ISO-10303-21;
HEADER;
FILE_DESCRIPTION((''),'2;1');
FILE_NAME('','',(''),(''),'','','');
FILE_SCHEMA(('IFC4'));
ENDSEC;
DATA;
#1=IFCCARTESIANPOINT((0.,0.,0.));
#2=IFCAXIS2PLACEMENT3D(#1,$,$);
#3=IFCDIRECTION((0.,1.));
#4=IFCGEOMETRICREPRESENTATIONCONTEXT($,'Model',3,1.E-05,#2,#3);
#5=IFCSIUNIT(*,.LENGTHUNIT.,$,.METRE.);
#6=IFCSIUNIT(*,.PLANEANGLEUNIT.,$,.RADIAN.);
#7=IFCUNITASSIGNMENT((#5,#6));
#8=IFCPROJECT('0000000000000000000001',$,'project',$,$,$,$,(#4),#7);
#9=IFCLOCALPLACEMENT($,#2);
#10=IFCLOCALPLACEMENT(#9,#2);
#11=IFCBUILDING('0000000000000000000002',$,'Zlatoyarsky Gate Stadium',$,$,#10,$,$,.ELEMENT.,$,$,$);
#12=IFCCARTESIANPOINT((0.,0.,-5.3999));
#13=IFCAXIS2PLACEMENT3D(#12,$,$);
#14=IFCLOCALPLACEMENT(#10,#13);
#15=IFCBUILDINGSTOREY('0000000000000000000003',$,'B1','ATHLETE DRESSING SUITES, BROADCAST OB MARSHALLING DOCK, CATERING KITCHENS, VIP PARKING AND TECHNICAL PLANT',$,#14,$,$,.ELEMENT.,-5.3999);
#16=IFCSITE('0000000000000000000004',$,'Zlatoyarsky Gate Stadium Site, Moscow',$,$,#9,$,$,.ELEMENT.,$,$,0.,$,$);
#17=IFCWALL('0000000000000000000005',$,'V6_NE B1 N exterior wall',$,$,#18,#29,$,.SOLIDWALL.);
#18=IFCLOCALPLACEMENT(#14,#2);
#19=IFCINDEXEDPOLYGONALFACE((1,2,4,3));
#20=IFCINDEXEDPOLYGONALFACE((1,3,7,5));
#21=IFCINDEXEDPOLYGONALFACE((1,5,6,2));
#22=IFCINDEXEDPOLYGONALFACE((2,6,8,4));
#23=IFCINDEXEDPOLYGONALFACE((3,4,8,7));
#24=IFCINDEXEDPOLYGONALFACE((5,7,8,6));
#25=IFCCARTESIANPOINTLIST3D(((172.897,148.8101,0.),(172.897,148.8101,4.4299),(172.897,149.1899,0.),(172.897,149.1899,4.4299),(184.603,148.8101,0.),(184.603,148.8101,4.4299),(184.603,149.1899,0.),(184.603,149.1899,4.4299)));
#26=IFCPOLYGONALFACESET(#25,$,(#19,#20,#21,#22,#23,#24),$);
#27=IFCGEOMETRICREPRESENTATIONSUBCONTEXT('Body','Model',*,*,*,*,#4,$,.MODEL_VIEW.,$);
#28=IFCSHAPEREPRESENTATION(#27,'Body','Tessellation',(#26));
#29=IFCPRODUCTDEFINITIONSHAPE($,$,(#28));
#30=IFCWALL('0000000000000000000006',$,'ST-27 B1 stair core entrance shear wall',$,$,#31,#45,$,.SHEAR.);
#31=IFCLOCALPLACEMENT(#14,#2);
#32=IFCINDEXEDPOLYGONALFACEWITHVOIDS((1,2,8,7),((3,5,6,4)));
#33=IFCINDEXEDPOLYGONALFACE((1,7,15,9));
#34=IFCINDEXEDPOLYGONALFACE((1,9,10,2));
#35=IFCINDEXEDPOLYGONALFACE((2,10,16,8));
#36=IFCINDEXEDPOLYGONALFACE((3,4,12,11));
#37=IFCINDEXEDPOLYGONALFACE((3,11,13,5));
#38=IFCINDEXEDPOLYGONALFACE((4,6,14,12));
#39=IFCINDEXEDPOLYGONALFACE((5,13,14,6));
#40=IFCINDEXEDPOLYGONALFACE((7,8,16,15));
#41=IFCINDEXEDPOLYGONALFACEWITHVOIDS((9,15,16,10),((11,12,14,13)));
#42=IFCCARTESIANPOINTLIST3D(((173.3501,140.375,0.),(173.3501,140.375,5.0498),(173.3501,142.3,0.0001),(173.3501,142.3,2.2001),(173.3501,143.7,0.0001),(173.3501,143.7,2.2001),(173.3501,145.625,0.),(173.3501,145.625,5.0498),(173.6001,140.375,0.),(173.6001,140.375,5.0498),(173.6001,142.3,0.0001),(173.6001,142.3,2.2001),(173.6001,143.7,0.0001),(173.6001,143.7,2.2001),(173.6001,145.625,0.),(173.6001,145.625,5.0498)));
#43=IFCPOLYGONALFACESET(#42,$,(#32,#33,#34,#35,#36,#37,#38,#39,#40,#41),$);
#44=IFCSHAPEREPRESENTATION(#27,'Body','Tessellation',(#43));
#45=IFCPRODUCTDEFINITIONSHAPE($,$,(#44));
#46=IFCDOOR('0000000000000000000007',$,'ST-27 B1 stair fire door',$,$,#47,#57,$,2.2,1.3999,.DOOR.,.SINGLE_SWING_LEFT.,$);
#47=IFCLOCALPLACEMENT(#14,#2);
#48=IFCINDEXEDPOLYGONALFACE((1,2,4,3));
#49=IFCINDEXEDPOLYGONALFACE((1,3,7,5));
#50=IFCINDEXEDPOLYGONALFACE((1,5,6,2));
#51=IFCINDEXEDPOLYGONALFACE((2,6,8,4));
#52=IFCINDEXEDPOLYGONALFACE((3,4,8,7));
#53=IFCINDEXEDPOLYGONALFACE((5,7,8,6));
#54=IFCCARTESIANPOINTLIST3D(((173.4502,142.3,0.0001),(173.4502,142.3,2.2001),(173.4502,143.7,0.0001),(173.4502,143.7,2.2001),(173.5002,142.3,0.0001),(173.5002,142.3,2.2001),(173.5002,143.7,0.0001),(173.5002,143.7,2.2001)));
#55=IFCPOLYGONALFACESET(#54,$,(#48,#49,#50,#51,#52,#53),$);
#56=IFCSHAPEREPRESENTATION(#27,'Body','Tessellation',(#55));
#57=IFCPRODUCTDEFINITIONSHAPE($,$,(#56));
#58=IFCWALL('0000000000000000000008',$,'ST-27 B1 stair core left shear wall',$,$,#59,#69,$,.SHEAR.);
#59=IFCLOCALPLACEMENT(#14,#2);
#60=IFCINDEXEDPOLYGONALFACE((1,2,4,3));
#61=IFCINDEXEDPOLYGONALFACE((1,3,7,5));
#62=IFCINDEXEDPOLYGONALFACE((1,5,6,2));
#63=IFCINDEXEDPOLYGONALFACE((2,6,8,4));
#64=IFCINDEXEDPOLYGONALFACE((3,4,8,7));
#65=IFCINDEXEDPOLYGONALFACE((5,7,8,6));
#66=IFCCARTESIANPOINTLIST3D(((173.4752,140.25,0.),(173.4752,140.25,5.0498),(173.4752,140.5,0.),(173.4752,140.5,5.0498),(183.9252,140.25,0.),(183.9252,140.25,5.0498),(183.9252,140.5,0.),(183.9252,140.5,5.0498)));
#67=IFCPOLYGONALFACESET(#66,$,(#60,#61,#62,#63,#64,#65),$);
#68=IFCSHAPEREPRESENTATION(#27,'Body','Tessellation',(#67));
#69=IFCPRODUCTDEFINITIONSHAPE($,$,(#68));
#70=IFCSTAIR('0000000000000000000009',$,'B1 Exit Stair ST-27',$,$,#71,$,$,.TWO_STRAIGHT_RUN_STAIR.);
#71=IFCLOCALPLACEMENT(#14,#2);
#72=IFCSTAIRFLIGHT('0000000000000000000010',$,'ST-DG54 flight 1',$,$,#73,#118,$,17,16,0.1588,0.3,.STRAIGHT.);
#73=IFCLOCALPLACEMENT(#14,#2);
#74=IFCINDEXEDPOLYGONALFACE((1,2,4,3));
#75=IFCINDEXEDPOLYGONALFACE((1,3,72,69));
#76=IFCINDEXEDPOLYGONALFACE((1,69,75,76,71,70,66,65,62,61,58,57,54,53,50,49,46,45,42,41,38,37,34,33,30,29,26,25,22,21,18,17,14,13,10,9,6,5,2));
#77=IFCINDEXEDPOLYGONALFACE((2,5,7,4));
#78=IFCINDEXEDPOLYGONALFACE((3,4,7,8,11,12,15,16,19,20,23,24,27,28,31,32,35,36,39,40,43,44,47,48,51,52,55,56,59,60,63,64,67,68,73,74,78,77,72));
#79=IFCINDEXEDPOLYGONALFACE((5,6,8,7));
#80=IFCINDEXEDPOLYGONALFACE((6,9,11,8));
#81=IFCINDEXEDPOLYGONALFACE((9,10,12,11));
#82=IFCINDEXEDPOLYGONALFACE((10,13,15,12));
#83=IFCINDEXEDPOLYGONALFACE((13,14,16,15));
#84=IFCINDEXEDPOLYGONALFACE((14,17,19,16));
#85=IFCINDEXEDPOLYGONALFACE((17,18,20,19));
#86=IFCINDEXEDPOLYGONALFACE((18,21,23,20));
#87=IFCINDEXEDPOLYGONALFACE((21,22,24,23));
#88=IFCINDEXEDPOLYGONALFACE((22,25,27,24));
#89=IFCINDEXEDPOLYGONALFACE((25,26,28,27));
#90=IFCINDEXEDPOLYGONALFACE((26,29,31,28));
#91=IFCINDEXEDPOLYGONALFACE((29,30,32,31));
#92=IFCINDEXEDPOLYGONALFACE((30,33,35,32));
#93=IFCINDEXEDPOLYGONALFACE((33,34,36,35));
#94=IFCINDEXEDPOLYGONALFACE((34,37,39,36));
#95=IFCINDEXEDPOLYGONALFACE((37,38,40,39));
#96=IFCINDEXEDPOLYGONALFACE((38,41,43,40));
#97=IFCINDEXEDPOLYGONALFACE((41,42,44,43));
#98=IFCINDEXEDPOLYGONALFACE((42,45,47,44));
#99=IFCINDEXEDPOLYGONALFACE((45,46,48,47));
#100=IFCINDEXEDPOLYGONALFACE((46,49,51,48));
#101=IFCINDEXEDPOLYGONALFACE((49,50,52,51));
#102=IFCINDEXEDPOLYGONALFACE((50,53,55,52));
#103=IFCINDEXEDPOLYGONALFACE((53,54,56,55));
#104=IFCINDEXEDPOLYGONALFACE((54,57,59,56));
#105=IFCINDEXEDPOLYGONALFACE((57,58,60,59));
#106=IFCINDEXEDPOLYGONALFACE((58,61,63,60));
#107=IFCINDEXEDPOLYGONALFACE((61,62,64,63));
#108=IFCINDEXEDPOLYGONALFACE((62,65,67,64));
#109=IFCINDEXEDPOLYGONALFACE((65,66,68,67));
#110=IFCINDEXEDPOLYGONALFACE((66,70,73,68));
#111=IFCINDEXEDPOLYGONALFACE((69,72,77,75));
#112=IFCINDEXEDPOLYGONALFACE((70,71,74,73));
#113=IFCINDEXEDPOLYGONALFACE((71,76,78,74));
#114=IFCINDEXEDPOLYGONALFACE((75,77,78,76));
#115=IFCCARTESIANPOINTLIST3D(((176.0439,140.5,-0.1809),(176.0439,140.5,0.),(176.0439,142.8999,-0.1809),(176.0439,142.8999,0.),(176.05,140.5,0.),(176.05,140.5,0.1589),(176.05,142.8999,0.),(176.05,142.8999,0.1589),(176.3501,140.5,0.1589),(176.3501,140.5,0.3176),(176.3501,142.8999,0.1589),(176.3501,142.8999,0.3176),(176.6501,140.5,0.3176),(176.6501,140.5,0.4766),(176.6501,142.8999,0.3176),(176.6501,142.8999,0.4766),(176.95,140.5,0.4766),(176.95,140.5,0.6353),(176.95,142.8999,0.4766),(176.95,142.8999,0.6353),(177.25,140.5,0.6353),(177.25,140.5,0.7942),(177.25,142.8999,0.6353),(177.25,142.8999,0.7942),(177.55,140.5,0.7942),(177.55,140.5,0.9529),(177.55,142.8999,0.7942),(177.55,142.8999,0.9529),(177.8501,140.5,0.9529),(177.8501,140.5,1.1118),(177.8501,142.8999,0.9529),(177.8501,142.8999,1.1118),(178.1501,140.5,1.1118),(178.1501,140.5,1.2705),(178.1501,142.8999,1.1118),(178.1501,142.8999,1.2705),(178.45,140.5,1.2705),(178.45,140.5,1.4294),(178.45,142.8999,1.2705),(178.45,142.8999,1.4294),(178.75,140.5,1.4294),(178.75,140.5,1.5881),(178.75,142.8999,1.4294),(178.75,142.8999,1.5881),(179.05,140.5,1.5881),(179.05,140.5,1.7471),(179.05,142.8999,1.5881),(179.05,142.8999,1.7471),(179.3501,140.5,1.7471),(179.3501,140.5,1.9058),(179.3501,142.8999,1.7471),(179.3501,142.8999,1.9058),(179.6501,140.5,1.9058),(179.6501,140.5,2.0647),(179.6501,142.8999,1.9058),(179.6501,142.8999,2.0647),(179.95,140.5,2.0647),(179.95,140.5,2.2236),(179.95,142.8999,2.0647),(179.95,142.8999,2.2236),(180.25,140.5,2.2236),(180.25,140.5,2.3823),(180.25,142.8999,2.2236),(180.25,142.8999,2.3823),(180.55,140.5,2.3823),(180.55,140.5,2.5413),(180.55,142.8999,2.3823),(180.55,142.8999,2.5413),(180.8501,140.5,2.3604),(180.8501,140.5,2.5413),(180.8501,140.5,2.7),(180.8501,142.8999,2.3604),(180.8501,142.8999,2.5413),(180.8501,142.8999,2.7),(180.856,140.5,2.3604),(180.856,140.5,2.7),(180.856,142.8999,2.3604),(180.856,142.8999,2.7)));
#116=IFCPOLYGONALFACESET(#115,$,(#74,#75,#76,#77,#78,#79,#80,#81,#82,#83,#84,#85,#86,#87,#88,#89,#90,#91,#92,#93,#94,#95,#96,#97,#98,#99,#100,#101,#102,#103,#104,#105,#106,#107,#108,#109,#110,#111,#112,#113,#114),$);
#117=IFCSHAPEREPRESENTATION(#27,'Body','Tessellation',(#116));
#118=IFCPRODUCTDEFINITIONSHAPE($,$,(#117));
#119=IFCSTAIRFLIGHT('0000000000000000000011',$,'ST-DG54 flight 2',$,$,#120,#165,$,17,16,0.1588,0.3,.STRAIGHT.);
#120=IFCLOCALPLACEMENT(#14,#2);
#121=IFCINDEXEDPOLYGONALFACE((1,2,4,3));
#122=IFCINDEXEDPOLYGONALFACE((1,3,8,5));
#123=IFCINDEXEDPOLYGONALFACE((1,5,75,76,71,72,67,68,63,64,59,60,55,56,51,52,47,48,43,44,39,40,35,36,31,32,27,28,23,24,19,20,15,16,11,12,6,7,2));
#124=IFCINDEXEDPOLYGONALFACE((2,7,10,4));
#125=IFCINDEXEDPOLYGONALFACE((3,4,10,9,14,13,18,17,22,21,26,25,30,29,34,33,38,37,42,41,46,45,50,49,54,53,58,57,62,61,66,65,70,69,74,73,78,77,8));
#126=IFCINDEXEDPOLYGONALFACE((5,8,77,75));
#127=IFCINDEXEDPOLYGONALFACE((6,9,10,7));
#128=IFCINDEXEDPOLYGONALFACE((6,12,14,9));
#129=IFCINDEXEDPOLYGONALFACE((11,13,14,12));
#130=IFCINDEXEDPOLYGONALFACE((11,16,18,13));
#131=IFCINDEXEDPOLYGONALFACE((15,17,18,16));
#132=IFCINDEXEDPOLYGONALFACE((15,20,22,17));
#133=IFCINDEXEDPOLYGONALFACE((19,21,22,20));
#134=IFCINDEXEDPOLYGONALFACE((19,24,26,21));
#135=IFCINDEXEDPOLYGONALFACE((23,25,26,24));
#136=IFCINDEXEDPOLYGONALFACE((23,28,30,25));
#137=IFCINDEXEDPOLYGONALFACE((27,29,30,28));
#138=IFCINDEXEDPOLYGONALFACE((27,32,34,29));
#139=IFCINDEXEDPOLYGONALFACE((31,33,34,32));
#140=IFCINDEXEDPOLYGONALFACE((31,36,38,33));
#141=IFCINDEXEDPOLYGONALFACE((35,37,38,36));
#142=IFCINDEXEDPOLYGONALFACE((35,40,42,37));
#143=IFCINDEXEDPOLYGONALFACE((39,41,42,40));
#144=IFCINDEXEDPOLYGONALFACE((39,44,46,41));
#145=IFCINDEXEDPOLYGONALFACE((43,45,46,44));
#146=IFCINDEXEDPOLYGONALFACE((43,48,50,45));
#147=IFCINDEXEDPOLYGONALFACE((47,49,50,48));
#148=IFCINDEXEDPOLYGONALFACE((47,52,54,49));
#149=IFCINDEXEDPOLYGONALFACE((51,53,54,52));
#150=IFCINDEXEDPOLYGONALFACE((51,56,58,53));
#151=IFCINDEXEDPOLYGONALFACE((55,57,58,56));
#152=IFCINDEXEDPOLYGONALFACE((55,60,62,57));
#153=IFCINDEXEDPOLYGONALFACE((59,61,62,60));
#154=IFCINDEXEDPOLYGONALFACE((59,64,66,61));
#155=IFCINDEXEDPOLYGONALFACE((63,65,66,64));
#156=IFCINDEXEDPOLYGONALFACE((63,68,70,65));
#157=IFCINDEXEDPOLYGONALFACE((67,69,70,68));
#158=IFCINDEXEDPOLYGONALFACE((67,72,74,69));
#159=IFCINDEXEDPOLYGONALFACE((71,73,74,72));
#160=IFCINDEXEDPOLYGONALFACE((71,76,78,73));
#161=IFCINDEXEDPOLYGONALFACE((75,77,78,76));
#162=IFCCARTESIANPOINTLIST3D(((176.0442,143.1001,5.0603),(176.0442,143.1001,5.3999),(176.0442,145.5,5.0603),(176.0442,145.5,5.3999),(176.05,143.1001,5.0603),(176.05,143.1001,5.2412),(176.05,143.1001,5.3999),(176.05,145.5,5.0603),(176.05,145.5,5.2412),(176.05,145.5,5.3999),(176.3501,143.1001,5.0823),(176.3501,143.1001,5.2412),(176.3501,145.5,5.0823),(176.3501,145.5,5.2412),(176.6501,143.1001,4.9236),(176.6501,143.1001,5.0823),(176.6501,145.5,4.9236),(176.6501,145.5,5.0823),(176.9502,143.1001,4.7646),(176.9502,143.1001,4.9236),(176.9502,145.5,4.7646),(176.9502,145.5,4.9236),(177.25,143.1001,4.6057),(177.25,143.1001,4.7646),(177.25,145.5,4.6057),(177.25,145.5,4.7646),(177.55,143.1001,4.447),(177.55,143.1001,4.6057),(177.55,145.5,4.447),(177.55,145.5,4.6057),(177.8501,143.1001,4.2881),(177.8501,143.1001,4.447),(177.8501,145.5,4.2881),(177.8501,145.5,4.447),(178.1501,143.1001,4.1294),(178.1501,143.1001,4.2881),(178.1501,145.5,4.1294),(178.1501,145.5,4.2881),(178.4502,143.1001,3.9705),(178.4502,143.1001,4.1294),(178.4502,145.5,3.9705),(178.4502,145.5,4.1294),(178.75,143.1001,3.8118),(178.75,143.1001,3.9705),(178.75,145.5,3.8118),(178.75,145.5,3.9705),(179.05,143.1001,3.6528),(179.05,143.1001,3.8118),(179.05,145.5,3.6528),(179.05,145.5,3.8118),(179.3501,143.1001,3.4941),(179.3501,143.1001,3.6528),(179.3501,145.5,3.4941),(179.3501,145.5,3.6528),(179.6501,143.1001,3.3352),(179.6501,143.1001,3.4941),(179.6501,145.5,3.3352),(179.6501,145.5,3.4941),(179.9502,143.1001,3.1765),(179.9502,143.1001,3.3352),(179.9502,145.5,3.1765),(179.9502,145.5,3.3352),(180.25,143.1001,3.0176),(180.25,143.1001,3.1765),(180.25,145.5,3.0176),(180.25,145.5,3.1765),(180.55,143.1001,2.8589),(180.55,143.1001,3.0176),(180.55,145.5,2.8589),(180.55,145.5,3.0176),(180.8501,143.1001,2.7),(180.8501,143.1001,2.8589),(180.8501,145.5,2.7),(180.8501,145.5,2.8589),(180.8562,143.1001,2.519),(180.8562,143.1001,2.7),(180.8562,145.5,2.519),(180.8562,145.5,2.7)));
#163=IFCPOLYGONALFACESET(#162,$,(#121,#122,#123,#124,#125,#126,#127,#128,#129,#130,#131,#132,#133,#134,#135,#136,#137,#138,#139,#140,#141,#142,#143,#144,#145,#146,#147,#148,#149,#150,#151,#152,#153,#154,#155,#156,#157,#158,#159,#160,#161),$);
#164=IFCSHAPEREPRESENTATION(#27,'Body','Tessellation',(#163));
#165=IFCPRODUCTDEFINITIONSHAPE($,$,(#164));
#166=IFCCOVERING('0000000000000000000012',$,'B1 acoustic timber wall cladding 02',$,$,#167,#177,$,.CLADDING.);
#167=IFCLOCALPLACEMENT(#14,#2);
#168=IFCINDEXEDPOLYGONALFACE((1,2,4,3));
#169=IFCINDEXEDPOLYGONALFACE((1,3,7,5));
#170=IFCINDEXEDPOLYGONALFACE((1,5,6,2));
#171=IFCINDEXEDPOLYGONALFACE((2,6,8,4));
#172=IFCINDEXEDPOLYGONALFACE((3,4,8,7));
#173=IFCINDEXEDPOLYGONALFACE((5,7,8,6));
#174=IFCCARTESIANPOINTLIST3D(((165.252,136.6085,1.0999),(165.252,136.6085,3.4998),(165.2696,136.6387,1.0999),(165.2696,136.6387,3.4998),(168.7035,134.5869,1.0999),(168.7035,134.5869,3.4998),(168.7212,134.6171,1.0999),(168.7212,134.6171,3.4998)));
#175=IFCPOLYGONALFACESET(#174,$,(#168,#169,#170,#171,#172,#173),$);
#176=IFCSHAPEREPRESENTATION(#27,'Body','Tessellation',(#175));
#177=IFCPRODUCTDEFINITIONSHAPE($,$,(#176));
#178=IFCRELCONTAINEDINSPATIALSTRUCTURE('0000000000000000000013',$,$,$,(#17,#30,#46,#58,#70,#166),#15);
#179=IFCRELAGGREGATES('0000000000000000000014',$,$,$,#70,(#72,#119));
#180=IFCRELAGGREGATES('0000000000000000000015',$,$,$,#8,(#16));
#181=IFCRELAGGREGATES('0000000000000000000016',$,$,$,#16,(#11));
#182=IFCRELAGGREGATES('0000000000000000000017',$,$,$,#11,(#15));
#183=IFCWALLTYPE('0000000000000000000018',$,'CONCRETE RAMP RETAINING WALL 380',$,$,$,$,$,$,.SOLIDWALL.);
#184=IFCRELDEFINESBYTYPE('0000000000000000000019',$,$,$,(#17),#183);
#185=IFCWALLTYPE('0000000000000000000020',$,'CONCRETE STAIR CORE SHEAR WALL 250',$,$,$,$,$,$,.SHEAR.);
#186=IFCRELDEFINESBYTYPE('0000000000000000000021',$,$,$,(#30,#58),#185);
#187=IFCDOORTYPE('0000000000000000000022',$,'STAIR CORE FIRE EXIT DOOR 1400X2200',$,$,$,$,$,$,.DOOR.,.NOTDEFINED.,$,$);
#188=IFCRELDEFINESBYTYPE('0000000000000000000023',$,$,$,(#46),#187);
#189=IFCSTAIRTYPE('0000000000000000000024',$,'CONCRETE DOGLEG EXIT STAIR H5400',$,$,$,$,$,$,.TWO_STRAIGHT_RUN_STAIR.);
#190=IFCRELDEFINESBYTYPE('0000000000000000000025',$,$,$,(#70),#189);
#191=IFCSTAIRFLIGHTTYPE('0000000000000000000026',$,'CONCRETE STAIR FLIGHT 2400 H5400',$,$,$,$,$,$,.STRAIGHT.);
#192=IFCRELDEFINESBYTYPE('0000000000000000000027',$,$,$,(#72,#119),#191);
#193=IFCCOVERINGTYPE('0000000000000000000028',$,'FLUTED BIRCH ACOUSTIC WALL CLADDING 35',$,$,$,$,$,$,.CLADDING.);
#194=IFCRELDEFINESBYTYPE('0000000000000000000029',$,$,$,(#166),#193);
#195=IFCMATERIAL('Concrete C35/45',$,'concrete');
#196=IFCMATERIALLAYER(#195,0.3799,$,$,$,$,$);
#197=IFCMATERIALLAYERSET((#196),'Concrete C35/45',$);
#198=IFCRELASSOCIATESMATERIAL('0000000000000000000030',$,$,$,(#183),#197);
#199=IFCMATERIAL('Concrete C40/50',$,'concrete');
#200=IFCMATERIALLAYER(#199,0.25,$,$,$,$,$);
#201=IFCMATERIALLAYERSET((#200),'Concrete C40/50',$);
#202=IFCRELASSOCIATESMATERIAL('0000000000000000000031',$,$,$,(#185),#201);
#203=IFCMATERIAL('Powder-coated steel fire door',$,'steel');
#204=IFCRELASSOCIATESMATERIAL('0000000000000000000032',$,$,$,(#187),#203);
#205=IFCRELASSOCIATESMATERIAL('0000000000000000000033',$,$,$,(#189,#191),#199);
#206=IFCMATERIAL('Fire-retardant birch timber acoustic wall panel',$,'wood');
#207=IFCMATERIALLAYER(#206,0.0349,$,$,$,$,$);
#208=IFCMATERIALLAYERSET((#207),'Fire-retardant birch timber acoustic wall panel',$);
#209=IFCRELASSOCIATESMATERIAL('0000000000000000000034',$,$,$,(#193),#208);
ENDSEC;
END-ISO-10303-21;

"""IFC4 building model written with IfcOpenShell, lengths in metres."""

from ifc_helpers import new_model, si_unit, direction, frame, frame_2d, origin, origin_2d, place, context, subcontext, project, spatial, polyline, rectangle, outline, extrude, material, layer, layer_set, type_object, element, fill, aggregate, save


model = new_model("IFC4")

# Units and contexts
model_context = context("Model", 3, precision=1e-05, world=origin(), true_north=direction((0.0, 1.0)))
body_context = subcontext(model_context, "Body", "Model", "MODEL_VIEW")
ifc_project = project(units=[si_unit("LENGTHUNIT", "METRE"), si_unit("PLANEANGLEUNIT", "RADIAN")], contexts=[model_context])

# Site, building, storey
site_placement = place(None, origin())
site = spatial("IfcSite", under=ifc_project, at=site_placement, Name="Zlatoyarsky Gate Stadium Site, Moscow", CompositionType="ELEMENT", RefElevation=0.0)
building_placement = place(site_placement, origin())
building = spatial("IfcBuilding", under=site, at=building_placement, Name="Zlatoyarsky Gate Stadium", CompositionType="ELEMENT")
storey_placement = place(building_placement, frame((0.0, 0.0, -5.3999)))
storey = spatial("IfcBuildingStorey", under=building, at=storey_placement, Name="B1", Description="ATHLETE DRESSING SUITES, BROADCAST OB MARSHALLING DOCK, CATERING KITCHENS, VIP PARKING AND TECHNICAL PLANT", CompositionType="ELEMENT", Elevation=-5.3999)

# Shared definitions
ifc_material_1 = material(Name="Concrete C35/45", Category="concrete")

# Shared definitions
ifc_material_2 = material(Name="Concrete C40/50", Category="concrete")

# Wall
ifc_layer_1 = layer(ifc_material_1, 0.3799)
ifc_layer_set_1 = layer_set([ifc_layer_1], Name="Concrete C35/45")
wall_type_1 = type_object("IfcWallType", Name="CONCRETE RAMP RETAINING WALL 380", PredefinedType="SOLIDWALL", material=ifc_layer_set_1)
wall_1_placement = place(storey_placement, frame((172.897, 149.0, 0.0), z_axis=(0.0, 0.0, 1.0), x_axis=(1.0, 0.0, 0.0)))
element("IfcWall", 1, at=wall_1_placement, inside=storey, type_object=wall_type_1, Name="V6_NE B1 N exterior wall", PredefinedType="SOLIDWALL", context=body_context, shape_type="SweptSolid", body=[
    extrude(rectangle(XDim=11.7061, YDim=0.3799, at=frame_2d((5.853, 0.0))), origin(), (0.0, 0.0, 1.0), 4.4299),
])

# Wall, opening, door
ifc_layer_2 = layer(ifc_material_2, 0.25)
ifc_layer_set_2 = layer_set([ifc_layer_2], Name="Concrete C40/50")
wall_type_2 = type_object("IfcWallType", Name="CONCRETE STAIR CORE SHEAR WALL 250", PredefinedType="SHEAR", material=ifc_layer_set_2)
wall_2_placement = place(storey_placement, frame((173.4751, 145.625, 0.0), z_axis=(0.0, 0.0, 1.0), x_axis=(0.0, -1.0, 0.0)))
wall_2 = element("IfcWall", 2, at=wall_2_placement, inside=storey, type_object=wall_type_2, Name="ST-27 B1 stair core entrance shear wall", PredefinedType="SHEAR", context=body_context, shape_type="SweptSolid", body=[
    extrude(rectangle(XDim=5.25, YDim=0.25, at=frame_2d((2.625, 0.0))), origin(), (0.0, 0.0, 1.0), 5.0498),
])
opening_placement = place(wall_2_placement, frame((1.925, 0.0, 0.0)))
opening = element("IfcOpeningElement", 3, at=opening_placement, cuts=wall_2, PredefinedType="OPENING", context=body_context, shape_type="SweptSolid", body=[
    extrude(rectangle(XDim=1.3999, YDim=2.2, at=frame_2d((0.7, 1.1001))), frame((0.0, 0.135, 0.0), z_axis=(0.0, -1.0, 0.0), x_axis=(1.0, 0.0, 0.0)), (0.0, 0.0, 1.0), 0.27),
])
ifc_material_3 = material(Name="Powder-coated steel fire door", Category="steel")
door_type = type_object("IfcDoorType", Name="STAIR CORE FIRE EXIT DOOR 1400X2200", OperationType="NOTDEFINED", PredefinedType="DOOR", material=ifc_material_3)
door_placement = place(opening_placement, frame((1.3999, 0.0, 0.0), z_axis=(0.0, 0.0, 1.0), x_axis=(-1.0, 0.0, 0.0)))
door = element("IfcDoor", 4, at=door_placement, inside=storey, type_object=door_type, Name="ST-27 B1 stair fire door", OperationType="SINGLE_SWING_LEFT", OverallHeight=2.2, OverallWidth=1.3999, PredefinedType="DOOR", context=body_context, shape_type="SweptSolid", body=[
    extrude(rectangle(XDim=1.3999, YDim=2.2, at=frame_2d((0.7, 1.1001))), frame((0.0, 0.0249, 0.0), z_axis=(0.0, -1.0, 0.0), x_axis=(1.0, 0.0, 0.0)), (0.0, 0.0, 1.0), 0.05),
])
fill(opening, door)

# Wall
wall_3_placement = place(storey_placement, frame((173.4751, 140.375, 0.0), z_axis=(0.0, 0.0, 1.0), x_axis=(1.0, 0.0, 0.0)))
element("IfcWall", 5, at=wall_3_placement, inside=storey, type_object=wall_type_2, Name="ST-27 B1 stair core left shear wall", PredefinedType="SHEAR", context=body_context, shape_type="SweptSolid", body=[
    extrude(rectangle(XDim=10.45, YDim=0.25, at=frame_2d((5.2251, 0.0))), origin(), (0.0, 0.0, 1.0), 5.0498),
])

# Stair, stair flights
stair_type = type_object("IfcStairType", Name="CONCRETE DOGLEG EXIT STAIR H5400", PredefinedType="TWO_STRAIGHT_RUN_STAIR", material=ifc_material_2)
stair_placement = place(storey_placement, origin())
stair = element("IfcStair", 6, at=stair_placement, inside=storey, type_object=stair_type, Name="B1 Exit Stair ST-27", PredefinedType="TWO_STRAIGHT_RUN_STAIR")
stair_flight_type = type_object("IfcStairFlightType", Name="CONCRETE STAIR FLIGHT 2400 H5400", PredefinedType="STRAIGHT", material=ifc_material_2)
stair_flight_1_placement = place(storey_placement, frame((176.05, 141.7, 0.0), z_axis=(0.0, 0.0, 1.0), x_axis=(1.0, 0.0, 0.0)))
stair_flight_1 = element("IfcStairFlight", 7, at=stair_flight_1_placement, type_object=stair_flight_type, Name="ST-DG54 flight 1", NumberOfRisers=17, NumberOfTreads=16, PredefinedType="STRAIGHT", RiserHeight=0.1588, TreadLength=0.3, context=body_context, shape_type="SweptSolid", body=[
    extrude(outline(polyline([(-0.0061, -0.1809), (-0.0061, 0.0), (0.0, 0.0), (0.0, 0.1589), (0.3, 0.1589), (0.3, 0.3176), (0.6001, 0.3176), (0.6001, 0.4766), (0.8999, 0.4766), (0.8999, 0.6353), (1.2, 0.6353), (1.2, 0.7942), (1.5, 0.7942), (1.5, 0.9529), (1.8, 0.9529), (1.8, 1.1118), (2.1001, 1.1118), (2.1001, 1.2705), (2.3999, 1.2705), (2.3999, 1.4294), (2.7, 1.4294), (2.7, 1.5881), (3.0, 1.5881), (3.0, 1.7471), (3.3, 1.7471), (3.3, 1.9058), (3.6001, 1.9058), (3.6001, 2.0647), (3.8999, 2.0647), (3.8999, 2.2236), (4.2, 2.2236), (4.2, 2.3823), (4.5, 2.3823), (4.5, 2.5413), (4.8, 2.5413), (4.8, 2.7), (4.8059, 2.7), (4.8059, 2.3604), (4.8, 2.3604), (-0.0061, -0.1809)])), frame((0.0, 1.2, 0.0), z_axis=(0.0, -1.0, 0.0), x_axis=(1.0, 0.0, 0.0)), (0.0, 0.0, 1.0), 2.3999),
])
stair_flight_2_placement = place(storey_placement, frame((180.8501, 144.3, 2.7), z_axis=(0.0, 0.0, 1.0), x_axis=(-1.0, 0.0, 0.0)))
stair_flight_2 = element("IfcStairFlight", 8, at=stair_flight_2_placement, type_object=stair_flight_type, Name="ST-DG54 flight 2", NumberOfRisers=17, NumberOfTreads=16, PredefinedType="STRAIGHT", RiserHeight=0.1588, TreadLength=0.3, context=body_context, shape_type="SweptSolid", body=[
    extrude(outline(polyline([(-0.0061, -0.1809), (-0.0061, 0.0), (0.0, 0.0), (0.0, 0.1589), (0.3, 0.1589), (0.3, 0.3176), (0.6001, 0.3176), (0.6001, 0.4766), (0.8999, 0.4766), (0.8999, 0.6353), (1.2, 0.6353), (1.2, 0.7942), (1.5, 0.7942), (1.5, 0.9529), (1.8, 0.9529), (1.8, 1.1118), (2.1001, 1.1118), (2.1001, 1.2705), (2.3999, 1.2705), (2.3999, 1.4294), (2.7, 1.4294), (2.7, 1.5881), (3.0, 1.5881), (3.0, 1.7471), (3.3, 1.7471), (3.3, 1.9058), (3.6001, 1.9058), (3.6001, 2.0647), (3.8999, 2.0647), (3.8999, 2.2236), (4.2, 2.2236), (4.2, 2.3823), (4.5, 2.3823), (4.5, 2.5413), (4.8, 2.5413), (4.8, 2.7), (4.8059, 2.7), (4.8059, 2.3604), (4.8, 2.3604), (-0.0061, -0.1809)])), frame((0.0, 1.2, 0.0), z_axis=(0.0, -1.0, 0.0), x_axis=(1.0, 0.0, 0.0)), (0.0, 0.0, 1.0), 2.3999),
])
aggregate(stair, [stair_flight_1, stair_flight_2])

# Covering
ifc_material_4 = material(Name="Fire-retardant birch timber acoustic wall panel", Category="wood")
ifc_layer_3 = layer(ifc_material_4, 0.0349)
ifc_layer_set_3 = layer_set([ifc_layer_3], Name="Fire-retardant birch timber acoustic wall panel")
covering_type = type_object("IfcCoveringType", Name="FLUTED BIRCH ACOUSTIC WALL CLADDING 35", PredefinedType="CLADDING", material=ifc_layer_set_3)
covering_placement = place(storey_placement, frame((166.9866, 135.6128, 1.0999), z_axis=(0.0, 0.0, 1.0), x_axis=(-0.862885, 0.505401, 0.0)))
element("IfcCovering", 9, at=covering_placement, inside=storey, type_object=covering_type, Name="B1 acoustic timber wall cladding 02", PredefinedType="CLADDING", context=body_context, shape_type="SweptSolid", body=[
    extrude(rectangle(XDim=4.0, YDim=0.0349, at=origin_2d()), origin(), (0.0, 0.0, 1.0), 2.3999),
])

save(model, "model.ifc")
